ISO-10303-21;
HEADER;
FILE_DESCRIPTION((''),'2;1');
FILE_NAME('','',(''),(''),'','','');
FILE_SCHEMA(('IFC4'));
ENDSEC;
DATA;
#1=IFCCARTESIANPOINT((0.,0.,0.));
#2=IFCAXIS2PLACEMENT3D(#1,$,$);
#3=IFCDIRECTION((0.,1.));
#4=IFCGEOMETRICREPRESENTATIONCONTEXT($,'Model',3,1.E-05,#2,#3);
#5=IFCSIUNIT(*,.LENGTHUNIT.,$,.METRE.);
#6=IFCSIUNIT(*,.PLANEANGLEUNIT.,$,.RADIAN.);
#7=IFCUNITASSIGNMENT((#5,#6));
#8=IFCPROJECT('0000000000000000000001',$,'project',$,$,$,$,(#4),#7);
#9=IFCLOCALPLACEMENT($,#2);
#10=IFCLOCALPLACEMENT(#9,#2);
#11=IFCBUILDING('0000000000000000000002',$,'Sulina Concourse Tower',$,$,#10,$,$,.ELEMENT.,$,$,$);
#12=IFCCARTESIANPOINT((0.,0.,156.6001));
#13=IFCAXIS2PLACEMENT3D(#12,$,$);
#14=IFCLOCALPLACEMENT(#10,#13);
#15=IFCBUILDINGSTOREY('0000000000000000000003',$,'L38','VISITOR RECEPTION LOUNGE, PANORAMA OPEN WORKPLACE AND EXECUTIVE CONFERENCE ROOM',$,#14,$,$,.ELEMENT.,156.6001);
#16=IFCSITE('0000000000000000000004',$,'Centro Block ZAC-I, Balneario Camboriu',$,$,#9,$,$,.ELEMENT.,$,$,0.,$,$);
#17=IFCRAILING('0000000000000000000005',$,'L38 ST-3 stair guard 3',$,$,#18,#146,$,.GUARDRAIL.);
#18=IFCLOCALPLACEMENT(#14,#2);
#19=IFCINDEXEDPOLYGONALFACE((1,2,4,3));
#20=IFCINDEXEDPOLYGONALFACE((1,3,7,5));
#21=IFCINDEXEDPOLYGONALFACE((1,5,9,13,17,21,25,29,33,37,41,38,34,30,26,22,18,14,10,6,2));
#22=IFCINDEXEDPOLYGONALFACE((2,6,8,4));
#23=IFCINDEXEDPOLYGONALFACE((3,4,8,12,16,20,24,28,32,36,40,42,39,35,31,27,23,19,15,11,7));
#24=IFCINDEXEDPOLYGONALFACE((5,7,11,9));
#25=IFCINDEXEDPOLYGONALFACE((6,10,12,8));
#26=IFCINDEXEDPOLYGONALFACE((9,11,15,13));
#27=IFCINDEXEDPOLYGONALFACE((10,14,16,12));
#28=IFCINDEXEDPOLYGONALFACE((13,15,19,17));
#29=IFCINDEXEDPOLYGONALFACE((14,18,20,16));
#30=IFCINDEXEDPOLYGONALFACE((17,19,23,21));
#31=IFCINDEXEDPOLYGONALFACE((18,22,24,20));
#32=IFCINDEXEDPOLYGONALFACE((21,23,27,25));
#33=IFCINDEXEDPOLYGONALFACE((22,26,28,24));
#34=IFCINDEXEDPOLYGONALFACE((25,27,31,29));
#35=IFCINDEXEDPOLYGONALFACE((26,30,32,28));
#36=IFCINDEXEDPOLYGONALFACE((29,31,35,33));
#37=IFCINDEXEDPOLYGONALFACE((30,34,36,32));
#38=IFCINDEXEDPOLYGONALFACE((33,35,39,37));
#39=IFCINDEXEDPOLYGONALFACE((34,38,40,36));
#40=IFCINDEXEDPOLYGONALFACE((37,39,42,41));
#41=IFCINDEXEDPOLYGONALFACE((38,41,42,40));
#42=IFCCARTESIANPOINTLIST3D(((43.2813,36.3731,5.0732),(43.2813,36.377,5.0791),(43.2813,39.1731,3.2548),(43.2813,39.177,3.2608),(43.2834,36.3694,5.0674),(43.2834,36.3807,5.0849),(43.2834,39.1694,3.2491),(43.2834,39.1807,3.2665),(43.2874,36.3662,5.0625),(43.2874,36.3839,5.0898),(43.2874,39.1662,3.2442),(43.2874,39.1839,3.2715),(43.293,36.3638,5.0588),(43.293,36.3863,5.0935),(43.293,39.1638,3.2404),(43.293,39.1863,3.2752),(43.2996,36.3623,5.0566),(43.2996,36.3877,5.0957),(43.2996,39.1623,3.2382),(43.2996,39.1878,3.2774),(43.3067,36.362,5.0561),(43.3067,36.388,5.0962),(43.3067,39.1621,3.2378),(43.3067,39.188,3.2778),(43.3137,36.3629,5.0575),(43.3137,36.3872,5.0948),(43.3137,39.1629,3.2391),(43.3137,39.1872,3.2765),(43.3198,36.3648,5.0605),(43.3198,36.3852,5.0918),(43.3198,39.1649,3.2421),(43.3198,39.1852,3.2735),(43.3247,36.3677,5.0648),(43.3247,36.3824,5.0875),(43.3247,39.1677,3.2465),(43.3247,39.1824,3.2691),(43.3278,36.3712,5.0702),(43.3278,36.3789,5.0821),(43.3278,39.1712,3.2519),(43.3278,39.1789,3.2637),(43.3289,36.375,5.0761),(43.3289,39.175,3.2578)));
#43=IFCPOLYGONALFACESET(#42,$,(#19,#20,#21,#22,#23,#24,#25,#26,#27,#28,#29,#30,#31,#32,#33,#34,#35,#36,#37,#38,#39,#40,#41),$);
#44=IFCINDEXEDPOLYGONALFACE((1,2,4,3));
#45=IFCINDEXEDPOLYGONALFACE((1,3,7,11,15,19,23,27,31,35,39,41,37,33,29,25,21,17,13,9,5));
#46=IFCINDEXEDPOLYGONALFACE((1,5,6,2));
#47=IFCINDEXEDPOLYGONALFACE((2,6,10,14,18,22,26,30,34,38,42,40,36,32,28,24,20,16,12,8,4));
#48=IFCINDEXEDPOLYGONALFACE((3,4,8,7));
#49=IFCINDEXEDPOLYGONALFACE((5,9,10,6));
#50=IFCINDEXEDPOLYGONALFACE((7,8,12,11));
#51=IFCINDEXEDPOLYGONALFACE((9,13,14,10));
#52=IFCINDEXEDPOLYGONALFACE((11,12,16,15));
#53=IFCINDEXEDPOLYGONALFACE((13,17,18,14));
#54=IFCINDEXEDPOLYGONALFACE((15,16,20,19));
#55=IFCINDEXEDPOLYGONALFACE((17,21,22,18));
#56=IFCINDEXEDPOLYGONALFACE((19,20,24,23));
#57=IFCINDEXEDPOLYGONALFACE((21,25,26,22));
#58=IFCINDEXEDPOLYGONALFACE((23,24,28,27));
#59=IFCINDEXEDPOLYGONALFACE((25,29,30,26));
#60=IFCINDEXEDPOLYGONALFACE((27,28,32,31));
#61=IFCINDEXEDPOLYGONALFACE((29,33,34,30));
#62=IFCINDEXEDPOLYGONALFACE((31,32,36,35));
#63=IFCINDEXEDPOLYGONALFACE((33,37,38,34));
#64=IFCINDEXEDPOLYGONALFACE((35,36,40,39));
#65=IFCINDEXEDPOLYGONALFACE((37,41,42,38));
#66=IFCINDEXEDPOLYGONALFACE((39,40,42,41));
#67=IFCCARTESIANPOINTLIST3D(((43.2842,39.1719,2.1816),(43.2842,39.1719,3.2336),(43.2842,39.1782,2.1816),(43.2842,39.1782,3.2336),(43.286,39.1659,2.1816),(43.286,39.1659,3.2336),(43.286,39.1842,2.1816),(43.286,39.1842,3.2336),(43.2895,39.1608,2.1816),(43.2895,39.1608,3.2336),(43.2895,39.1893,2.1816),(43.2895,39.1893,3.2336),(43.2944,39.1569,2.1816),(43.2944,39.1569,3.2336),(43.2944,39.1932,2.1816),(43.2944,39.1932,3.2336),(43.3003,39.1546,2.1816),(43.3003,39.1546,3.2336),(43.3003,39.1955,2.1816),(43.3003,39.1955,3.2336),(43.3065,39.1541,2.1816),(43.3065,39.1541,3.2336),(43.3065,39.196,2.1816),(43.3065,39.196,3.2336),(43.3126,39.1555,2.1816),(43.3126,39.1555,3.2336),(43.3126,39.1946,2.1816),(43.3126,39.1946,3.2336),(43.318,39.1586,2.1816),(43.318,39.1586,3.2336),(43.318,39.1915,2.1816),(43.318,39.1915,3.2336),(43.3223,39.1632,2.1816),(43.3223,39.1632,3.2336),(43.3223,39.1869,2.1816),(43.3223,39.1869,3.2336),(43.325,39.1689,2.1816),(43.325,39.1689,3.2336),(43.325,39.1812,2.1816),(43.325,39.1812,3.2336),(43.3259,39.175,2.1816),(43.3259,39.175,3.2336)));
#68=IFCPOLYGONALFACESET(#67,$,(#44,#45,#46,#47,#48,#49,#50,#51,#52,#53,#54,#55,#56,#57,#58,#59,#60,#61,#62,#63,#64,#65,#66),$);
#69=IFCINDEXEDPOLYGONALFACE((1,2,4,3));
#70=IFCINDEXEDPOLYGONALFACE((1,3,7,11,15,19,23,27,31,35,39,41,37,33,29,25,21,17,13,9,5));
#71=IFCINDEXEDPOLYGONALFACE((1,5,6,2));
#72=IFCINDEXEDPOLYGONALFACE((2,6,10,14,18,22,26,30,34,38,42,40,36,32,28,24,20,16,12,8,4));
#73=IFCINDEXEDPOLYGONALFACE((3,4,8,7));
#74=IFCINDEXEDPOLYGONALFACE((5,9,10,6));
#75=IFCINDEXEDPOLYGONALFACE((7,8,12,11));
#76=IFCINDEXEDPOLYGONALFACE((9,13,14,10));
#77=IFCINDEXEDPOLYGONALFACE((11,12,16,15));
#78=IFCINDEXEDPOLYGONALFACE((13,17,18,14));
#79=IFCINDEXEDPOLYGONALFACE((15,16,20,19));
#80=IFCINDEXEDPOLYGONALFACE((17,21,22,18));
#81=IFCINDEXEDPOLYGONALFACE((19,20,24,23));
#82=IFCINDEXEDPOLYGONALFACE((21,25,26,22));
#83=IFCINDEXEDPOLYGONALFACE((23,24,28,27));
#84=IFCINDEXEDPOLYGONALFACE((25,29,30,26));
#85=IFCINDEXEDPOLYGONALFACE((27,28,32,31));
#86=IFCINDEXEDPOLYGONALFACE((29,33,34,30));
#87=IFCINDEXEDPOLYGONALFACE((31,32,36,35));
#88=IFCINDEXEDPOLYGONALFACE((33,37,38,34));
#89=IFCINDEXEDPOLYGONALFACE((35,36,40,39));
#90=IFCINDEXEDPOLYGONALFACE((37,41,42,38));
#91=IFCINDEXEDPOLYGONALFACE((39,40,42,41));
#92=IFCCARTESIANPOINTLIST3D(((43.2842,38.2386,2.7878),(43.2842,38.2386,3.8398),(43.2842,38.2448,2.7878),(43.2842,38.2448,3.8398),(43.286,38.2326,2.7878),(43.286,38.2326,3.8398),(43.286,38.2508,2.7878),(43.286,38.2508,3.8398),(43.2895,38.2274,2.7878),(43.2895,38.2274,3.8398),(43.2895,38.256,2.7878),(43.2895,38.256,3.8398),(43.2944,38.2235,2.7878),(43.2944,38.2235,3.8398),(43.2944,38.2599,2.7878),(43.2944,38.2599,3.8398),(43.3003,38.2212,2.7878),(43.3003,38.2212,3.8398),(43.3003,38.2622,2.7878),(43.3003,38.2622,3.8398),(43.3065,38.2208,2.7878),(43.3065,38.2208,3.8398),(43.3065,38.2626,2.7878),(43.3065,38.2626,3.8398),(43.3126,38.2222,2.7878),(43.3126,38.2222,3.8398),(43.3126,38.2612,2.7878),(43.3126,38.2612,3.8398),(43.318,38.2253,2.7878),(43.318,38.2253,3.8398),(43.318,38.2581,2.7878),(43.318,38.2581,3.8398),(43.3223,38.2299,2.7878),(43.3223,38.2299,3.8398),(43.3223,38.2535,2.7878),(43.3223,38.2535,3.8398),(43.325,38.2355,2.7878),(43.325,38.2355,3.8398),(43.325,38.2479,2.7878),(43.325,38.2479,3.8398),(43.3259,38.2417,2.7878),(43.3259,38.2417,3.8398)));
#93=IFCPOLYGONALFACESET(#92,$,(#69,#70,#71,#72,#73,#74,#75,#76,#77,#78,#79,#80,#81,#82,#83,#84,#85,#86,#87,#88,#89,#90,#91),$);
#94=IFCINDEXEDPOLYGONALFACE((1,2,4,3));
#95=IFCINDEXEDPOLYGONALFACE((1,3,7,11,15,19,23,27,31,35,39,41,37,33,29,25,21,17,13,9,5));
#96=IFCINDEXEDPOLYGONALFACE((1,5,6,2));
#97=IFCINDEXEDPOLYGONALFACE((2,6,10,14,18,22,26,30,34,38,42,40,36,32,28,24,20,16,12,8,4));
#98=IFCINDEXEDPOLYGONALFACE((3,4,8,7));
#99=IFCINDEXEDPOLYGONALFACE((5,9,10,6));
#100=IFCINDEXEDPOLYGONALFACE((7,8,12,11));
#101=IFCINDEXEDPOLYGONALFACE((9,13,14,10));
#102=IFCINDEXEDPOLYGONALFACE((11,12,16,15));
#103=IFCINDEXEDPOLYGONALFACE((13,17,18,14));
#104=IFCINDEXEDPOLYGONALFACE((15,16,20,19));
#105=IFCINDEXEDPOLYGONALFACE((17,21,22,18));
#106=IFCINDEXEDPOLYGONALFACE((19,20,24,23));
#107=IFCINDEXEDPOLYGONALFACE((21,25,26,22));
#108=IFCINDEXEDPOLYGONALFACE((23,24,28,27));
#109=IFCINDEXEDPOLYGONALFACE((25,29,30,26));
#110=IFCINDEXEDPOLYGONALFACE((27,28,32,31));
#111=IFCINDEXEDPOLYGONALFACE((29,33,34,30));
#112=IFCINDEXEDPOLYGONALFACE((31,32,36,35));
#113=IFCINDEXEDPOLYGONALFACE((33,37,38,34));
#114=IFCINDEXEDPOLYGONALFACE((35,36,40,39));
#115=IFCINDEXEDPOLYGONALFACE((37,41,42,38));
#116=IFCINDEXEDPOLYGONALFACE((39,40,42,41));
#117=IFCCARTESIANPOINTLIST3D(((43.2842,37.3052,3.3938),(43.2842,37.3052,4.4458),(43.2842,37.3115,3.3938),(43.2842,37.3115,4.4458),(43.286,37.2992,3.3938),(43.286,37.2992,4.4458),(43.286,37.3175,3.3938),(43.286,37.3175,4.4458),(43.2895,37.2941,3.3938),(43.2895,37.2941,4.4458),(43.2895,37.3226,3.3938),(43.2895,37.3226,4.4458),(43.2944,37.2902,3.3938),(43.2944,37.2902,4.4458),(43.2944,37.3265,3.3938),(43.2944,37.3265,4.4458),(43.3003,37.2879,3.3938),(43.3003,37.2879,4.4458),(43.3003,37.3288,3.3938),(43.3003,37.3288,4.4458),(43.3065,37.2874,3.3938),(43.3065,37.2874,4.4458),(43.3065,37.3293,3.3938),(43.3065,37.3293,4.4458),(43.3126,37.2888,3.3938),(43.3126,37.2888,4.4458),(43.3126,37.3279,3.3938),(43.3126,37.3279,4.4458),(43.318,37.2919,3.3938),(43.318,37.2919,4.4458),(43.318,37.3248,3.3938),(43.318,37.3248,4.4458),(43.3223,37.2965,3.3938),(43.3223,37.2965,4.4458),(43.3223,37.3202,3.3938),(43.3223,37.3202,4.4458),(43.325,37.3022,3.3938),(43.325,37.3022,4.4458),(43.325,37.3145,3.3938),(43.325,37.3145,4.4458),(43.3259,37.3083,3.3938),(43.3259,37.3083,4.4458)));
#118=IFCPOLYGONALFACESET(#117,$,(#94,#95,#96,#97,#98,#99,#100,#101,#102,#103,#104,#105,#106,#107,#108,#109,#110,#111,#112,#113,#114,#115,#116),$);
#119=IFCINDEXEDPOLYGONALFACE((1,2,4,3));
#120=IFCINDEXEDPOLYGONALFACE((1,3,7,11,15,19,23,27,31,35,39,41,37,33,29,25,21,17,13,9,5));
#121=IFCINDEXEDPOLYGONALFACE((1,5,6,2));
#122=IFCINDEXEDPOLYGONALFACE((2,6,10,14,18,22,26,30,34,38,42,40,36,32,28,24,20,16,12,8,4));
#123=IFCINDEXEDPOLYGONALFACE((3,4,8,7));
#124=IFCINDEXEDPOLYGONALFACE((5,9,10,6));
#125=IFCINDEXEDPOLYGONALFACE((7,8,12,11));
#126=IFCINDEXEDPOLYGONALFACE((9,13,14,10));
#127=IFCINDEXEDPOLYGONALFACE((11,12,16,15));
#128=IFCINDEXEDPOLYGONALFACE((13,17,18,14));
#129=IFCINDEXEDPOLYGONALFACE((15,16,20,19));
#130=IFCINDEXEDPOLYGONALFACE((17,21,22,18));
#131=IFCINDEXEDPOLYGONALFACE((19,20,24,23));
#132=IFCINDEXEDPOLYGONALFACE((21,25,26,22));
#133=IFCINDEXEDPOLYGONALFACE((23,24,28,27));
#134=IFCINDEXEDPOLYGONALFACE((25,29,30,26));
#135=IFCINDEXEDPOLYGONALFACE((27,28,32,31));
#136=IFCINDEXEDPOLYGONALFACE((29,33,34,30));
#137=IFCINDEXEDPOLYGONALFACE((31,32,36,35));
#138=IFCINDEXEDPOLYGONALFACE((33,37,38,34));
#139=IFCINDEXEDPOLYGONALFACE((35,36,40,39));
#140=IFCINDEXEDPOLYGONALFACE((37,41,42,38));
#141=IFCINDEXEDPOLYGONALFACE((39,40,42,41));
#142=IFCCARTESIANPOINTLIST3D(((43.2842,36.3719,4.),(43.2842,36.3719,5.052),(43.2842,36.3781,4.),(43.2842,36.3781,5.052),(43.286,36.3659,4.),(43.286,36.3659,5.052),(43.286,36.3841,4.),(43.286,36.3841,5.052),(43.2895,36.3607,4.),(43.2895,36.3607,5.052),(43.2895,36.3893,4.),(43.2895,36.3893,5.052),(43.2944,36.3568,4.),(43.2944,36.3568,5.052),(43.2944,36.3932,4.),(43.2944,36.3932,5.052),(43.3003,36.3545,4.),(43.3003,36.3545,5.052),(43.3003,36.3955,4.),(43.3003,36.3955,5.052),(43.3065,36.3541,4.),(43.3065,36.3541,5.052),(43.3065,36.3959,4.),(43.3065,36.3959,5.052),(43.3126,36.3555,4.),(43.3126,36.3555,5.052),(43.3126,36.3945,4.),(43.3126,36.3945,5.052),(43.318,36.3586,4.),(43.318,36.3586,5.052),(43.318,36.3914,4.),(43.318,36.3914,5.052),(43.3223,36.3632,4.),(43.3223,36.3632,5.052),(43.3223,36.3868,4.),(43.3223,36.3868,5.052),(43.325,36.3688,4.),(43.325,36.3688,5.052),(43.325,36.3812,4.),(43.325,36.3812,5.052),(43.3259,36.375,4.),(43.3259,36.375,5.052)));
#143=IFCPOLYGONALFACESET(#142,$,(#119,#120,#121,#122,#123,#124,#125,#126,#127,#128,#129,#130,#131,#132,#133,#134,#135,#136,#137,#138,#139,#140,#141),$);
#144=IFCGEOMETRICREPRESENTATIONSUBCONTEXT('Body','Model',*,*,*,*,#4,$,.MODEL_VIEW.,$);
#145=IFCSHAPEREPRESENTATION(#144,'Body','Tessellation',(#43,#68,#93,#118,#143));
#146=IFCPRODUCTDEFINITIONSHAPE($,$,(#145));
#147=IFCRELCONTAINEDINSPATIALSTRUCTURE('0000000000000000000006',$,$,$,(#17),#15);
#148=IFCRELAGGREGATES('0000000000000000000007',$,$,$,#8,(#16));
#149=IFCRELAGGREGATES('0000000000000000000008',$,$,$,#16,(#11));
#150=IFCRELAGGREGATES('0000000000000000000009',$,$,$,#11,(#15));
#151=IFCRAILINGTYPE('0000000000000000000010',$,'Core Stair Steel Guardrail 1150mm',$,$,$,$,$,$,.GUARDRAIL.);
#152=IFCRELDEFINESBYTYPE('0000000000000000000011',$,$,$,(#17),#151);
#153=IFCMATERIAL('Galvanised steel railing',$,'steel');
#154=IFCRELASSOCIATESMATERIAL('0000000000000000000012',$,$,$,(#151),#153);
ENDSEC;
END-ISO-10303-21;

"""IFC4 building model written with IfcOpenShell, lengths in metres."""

from ifc_helpers import new_model, si_unit, direction, frame, origin, origin_2d, place, context, subcontext, project, spatial, circle, extrude, material, type_object, element, save


model = new_model("IFC4")

# Units and contexts
model_context = context("Model", 3, precision=1e-05, world=origin(), true_north=direction((0.0, 1.0)))
body_context = subcontext(model_context, "Body", "Model", "MODEL_VIEW")
ifc_project = project(units=[si_unit("LENGTHUNIT", "METRE"), si_unit("PLANEANGLEUNIT", "RADIAN")], contexts=[model_context])

# Site, building, storey
site_placement = place(None, origin())
site = spatial("IfcSite", under=ifc_project, at=site_placement, Name="Centro Block ZAC-I, Balneario Camboriu", CompositionType="ELEMENT", RefElevation=0.0)
building_placement = place(site_placement, origin())
building = spatial("IfcBuilding", under=site, at=building_placement, Name="Sulina Concourse Tower", CompositionType="ELEMENT")
storey_placement = place(building_placement, frame((0.0, 0.0, 156.6001)))
storey = spatial("IfcBuildingStorey", under=building, at=storey_placement, Name="L38", Description="VISITOR RECEPTION LOUNGE, PANORAMA OPEN WORKPLACE AND EXECUTIVE CONFERENCE ROOM", CompositionType="ELEMENT", Elevation=156.6001)

# Railing
ifc_material_1 = material(Name="Galvanised steel railing", Category="steel")
railing_type_1 = type_object("IfcRailingType", Name="Core Stair Steel Guardrail 1150mm", PredefinedType="GUARDRAIL", material=ifc_material_1)
railing_1_placement = place(storey_placement, frame((43.3049, 39.175, 2.1816)))
element("IfcRailing", 1, at=railing_1_placement, inside=storey, type_object=railing_type_1, Name="L38 ST-3 stair guard 3", PredefinedType="GUARDRAIL", context=body_context, shape_type="SweptSolid", body=[
    extrude(circle(Radius=0.0239, at=origin_2d()), frame((0.0, 0.0, 1.0762), z_axis=(0.0, -0.838672, 0.544636), x_axis=(1.0, 0.0, 0.0)), (0.0, 0.0, 1.0), 3.3386),
    extrude(circle(Radius=0.021, at=origin_2d()), origin(), (0.0, 0.0, 1.0), 1.052),
    extrude(circle(Radius=0.021, at=origin_2d()), frame((0.0, -0.9333, 0.6062)), (0.0, 0.0, 1.0), 1.052),
    extrude(circle(Radius=0.021, at=origin_2d()), frame((0.0, -1.8667, 1.2122)), (0.0, 0.0, 1.0), 1.052),
    extrude(circle(Radius=0.021, at=origin_2d()), frame((0.0, -2.8, 1.8184)), (0.0, 0.0, 1.0), 1.052),
])

save(model, "model.ifc")
